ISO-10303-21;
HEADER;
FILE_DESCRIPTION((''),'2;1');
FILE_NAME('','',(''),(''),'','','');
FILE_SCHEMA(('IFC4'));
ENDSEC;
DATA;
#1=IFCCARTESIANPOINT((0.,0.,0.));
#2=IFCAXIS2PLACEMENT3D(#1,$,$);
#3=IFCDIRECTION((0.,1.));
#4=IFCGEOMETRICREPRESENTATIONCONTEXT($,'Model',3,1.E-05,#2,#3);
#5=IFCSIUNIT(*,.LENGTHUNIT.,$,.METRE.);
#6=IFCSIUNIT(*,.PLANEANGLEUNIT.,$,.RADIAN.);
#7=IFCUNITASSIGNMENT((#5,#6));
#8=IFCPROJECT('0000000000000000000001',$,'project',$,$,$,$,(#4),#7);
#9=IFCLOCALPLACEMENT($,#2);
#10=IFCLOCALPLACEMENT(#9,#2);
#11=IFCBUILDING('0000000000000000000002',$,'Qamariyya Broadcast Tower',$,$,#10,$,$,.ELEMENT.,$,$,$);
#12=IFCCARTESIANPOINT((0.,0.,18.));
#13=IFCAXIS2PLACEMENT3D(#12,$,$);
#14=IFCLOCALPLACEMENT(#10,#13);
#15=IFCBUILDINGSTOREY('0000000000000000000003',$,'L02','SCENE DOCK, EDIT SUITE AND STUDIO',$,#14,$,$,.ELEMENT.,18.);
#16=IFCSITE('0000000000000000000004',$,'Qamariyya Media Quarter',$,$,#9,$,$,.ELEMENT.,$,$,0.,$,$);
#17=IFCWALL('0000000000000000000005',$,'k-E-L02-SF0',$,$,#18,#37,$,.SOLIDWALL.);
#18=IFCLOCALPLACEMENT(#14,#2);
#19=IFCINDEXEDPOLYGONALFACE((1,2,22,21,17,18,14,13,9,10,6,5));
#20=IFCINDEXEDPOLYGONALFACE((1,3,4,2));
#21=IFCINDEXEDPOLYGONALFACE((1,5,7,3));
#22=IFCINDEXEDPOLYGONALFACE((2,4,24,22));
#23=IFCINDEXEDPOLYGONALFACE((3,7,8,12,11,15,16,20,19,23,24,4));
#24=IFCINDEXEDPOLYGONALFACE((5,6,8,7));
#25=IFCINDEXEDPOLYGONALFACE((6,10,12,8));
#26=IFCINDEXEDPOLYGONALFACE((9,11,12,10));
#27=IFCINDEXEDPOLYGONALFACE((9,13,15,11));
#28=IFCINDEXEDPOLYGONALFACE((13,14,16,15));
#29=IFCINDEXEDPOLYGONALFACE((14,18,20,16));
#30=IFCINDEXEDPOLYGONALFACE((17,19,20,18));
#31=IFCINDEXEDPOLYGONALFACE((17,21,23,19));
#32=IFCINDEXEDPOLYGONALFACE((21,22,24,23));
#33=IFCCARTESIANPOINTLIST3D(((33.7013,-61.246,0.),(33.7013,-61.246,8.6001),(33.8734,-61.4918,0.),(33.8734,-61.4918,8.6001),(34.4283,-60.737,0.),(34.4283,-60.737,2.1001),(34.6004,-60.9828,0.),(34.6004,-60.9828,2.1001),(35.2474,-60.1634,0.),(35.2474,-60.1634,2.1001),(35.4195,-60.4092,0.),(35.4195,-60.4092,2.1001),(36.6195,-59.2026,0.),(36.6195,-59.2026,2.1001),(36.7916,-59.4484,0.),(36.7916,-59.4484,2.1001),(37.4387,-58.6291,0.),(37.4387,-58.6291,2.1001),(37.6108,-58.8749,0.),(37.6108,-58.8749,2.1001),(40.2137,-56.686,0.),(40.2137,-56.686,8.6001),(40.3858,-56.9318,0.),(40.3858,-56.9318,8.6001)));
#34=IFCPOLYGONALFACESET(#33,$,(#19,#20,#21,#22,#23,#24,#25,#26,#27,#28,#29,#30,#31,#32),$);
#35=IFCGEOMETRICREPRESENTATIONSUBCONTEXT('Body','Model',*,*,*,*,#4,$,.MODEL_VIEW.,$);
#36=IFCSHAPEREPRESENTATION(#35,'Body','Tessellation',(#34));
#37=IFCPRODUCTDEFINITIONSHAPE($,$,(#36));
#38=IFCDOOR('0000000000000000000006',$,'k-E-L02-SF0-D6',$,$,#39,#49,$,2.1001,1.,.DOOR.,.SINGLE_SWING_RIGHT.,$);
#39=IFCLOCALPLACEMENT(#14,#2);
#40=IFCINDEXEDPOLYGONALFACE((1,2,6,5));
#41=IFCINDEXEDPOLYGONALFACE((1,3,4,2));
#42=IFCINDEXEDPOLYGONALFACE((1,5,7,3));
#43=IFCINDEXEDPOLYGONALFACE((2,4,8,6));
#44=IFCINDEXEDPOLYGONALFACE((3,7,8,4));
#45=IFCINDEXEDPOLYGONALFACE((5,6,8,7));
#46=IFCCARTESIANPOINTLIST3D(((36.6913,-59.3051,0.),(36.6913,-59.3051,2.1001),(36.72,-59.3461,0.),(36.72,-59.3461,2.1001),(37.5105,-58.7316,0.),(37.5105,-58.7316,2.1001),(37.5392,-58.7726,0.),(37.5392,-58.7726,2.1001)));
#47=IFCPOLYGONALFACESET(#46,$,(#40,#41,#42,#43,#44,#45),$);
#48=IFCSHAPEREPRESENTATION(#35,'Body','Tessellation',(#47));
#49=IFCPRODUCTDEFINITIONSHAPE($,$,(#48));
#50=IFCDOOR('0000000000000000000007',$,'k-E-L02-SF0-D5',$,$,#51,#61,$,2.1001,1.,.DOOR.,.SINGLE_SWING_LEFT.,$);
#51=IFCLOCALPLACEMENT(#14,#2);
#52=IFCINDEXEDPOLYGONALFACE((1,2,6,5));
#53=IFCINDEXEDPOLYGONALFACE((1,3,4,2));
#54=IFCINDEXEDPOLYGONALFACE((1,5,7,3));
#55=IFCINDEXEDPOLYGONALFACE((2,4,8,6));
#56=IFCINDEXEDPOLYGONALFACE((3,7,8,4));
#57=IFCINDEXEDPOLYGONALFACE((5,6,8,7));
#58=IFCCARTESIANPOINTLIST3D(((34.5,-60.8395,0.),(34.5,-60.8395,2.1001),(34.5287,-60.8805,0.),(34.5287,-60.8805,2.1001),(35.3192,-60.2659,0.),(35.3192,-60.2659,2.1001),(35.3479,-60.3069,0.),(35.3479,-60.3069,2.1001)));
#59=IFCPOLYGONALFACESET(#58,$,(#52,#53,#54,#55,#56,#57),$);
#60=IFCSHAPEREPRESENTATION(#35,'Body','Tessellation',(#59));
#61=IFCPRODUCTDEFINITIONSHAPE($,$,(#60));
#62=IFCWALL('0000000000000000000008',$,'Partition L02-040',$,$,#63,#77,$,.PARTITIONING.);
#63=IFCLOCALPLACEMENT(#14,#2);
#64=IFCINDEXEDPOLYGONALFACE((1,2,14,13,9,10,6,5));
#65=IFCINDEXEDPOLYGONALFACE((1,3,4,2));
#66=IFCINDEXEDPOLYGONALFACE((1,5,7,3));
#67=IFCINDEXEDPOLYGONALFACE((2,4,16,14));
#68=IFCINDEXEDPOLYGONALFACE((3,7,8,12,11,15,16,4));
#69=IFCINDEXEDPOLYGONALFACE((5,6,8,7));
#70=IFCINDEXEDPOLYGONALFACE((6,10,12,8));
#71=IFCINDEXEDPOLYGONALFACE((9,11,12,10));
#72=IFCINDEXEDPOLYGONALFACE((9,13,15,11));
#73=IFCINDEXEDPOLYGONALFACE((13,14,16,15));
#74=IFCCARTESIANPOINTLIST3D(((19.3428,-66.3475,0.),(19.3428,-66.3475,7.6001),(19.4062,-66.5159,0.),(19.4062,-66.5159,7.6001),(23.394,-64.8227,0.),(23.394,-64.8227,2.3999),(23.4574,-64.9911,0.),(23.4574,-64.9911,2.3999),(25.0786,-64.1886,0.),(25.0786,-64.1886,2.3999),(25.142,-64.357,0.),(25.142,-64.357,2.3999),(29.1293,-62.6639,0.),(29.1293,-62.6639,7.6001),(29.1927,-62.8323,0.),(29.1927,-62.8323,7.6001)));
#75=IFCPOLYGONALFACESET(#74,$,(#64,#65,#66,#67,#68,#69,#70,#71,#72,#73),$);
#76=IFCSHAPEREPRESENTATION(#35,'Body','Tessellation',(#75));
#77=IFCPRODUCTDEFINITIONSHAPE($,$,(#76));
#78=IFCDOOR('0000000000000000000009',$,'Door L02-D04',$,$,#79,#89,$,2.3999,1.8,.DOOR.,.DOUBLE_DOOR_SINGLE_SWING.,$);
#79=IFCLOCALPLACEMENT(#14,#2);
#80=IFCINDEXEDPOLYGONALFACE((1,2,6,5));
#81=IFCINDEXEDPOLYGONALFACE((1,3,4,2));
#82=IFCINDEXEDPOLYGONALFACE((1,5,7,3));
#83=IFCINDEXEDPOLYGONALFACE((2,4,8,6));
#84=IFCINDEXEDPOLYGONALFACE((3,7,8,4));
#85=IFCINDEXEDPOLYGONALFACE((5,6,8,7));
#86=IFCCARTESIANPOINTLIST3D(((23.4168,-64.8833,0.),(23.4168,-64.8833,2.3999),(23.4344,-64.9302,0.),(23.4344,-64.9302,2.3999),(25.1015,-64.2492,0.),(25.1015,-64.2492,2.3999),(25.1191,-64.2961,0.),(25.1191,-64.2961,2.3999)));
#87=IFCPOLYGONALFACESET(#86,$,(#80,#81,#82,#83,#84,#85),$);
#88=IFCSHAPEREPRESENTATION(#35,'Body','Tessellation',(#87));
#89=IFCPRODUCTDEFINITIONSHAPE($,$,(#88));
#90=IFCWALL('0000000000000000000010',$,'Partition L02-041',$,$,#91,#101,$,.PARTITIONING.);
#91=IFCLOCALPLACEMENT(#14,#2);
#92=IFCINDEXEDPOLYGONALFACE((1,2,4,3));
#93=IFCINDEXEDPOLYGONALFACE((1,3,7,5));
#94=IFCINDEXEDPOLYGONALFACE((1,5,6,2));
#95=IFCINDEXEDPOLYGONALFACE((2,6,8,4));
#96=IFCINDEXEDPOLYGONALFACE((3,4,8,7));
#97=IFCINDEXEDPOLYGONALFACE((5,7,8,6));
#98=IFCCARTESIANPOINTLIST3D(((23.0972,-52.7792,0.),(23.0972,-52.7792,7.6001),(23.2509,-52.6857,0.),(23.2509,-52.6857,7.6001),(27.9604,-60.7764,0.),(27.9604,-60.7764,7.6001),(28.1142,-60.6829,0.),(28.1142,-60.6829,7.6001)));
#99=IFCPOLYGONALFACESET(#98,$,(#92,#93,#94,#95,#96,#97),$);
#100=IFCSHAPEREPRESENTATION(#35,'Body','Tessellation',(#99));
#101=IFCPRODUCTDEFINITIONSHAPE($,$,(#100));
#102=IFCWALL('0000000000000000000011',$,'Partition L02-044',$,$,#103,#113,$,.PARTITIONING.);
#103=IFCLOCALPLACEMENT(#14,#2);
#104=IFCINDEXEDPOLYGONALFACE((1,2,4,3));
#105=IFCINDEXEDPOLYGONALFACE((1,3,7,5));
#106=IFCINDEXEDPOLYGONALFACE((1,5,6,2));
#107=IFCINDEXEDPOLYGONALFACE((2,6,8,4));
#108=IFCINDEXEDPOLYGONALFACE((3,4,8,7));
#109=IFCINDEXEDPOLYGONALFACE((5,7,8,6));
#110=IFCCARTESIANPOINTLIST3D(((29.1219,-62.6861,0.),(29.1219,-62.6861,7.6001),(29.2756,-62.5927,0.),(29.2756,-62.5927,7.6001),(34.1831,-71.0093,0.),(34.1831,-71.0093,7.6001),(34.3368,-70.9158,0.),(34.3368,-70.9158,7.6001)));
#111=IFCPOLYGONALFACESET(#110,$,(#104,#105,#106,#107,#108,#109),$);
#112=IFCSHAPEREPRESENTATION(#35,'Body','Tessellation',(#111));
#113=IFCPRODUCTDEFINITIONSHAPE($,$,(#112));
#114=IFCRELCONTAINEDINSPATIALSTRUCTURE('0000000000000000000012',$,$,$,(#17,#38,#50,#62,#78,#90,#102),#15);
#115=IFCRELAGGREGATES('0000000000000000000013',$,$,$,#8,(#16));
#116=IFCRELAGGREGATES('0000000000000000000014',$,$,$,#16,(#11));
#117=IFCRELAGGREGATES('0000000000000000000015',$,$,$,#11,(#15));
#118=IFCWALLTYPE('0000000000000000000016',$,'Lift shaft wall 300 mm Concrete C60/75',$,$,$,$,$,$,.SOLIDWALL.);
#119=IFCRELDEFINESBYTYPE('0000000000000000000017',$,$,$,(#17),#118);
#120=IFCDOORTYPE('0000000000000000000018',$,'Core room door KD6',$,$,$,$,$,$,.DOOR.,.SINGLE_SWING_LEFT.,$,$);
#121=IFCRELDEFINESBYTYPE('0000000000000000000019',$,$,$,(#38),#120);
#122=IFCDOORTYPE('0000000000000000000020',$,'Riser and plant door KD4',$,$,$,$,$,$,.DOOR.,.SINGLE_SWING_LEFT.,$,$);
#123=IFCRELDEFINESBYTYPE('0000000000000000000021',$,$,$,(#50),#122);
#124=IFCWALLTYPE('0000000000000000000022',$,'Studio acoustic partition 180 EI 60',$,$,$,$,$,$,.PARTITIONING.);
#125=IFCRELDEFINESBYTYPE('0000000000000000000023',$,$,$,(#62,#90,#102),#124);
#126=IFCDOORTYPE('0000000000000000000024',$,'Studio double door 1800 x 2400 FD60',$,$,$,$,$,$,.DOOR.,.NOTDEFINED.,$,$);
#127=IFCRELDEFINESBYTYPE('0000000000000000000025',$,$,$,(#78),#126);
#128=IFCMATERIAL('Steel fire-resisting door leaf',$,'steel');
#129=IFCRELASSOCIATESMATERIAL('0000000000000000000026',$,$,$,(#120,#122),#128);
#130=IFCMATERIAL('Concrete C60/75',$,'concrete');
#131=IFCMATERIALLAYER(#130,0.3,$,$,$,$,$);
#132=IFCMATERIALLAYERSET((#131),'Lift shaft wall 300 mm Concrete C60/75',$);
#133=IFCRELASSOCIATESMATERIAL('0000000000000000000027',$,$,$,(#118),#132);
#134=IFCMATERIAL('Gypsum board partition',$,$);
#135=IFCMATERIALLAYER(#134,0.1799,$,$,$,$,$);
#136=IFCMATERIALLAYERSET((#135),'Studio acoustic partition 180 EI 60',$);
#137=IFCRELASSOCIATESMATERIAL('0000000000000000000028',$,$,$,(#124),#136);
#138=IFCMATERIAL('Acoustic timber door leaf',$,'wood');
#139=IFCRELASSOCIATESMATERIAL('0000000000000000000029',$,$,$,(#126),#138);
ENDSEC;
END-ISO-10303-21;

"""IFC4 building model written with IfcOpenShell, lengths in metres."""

from ifc_helpers import new_model, si_unit, direction, frame, frame_2d, origin, place, context, subcontext, project, spatial, rectangle, extrude, material, layer, layer_set, type_object, element, fill, save


model = new_model("IFC4")

# Units and contexts
model_context = context("Model", 3, precision=1e-05, world=origin(), true_north=direction((0.0, 1.0)))
body_context = subcontext(model_context, "Body", "Model", "MODEL_VIEW")
ifc_project = project(units=[si_unit("LENGTHUNIT", "METRE"), si_unit("PLANEANGLEUNIT", "RADIAN")], contexts=[model_context])

# Site, building, storey
site_placement = place(None, origin())
site = spatial("IfcSite", under=ifc_project, at=site_placement, Name="Qamariyya Media Quarter", CompositionType="ELEMENT", RefElevation=0.0)
building_placement = place(site_placement, origin())
building = spatial("IfcBuilding", under=site, at=building_placement, Name="Qamariyya Broadcast Tower", CompositionType="ELEMENT")
storey_placement = place(building_placement, frame((0.0, 0.0, 18.0)))
storey = spatial("IfcBuildingStorey", under=building, at=storey_placement, Name="L02", Description="SCENE DOCK, EDIT SUITE AND STUDIO", CompositionType="ELEMENT", Elevation=18.0)

# Shared definitions
ifc_material_1 = material(Name="Steel fire-resisting door leaf", Category="steel")
door_type_1 = type_object("IfcDoorType", Name="Core room door KD6", OperationType="SINGLE_SWING_LEFT", PredefinedType="DOOR", material=ifc_material_1)

# Shared definitions
ifc_material_2 = material(Name="Gypsum board partition")

# Shared definitions
ifc_material_3 = material(Name="Concrete C60/75", Category="concrete")
ifc_layer_1 = layer(ifc_material_3, 0.3)
ifc_layer_set_1 = layer_set([ifc_layer_1], Name="Lift shaft wall 300 mm Concrete C60/75")
wall_type_1 = type_object("IfcWallType", Name="Lift shaft wall 300 mm Concrete C60/75", PredefinedType="SOLIDWALL", material=ifc_layer_set_1)

# Wall, openings, doors
wall_1_placement = place(storey_placement, frame((33.7874, -61.3689, 0.0), z_axis=(0.0, 0.0, 1.0), x_axis=(0.819153, 0.573576, 0.0)))
wall_1 = element("IfcWall", 1, at=wall_1_placement, inside=storey, type_object=wall_type_1, Name="k-E-L02-SF0", PredefinedType="SOLIDWALL", context=body_context, shape_type="SweptSolid", body=[
    extrude(rectangle(XDim=7.9502, YDim=0.3, at=frame_2d((3.9751, 0.0))), origin(), (0.0, 0.0, 1.0), 8.6001),
])
opening_1_placement = place(wall_1_placement, frame((0.8875, 0.0, 0.0)))
opening_1 = element("IfcOpeningElement", 2, at=opening_1_placement, cuts=wall_1, PredefinedType="OPENING", context=body_context, shape_type="SweptSolid", body=[
    extrude(rectangle(XDim=1.0, YDim=2.1001, at=frame_2d((0.5, 1.05))), frame((0.0, 0.1599, 0.0), z_axis=(0.0, -1.0, 0.0), x_axis=(1.0, 0.0, 0.0)), (0.0, 0.0, 1.0), 0.3201),
])
opening_2_placement = place(wall_1_placement, frame((3.5625, 0.0, 0.0)))
opening_2 = element("IfcOpeningElement", 3, at=opening_2_placement, cuts=wall_1, PredefinedType="OPENING", context=body_context, shape_type="SweptSolid", body=[
    extrude(rectangle(XDim=1.0, YDim=2.1001, at=frame_2d((0.5, 1.05))), frame((0.0, 0.1599, 0.0), z_axis=(0.0, -1.0, 0.0), x_axis=(1.0, 0.0, 0.0)), (0.0, 0.0, 1.0), 0.3201),
])
door_1_placement = place(opening_2_placement, origin())
door_1 = element("IfcDoor", 4, at=door_1_placement, inside=storey, type_object=door_type_1, Name="k-E-L02-SF0-D6", OperationType="SINGLE_SWING_RIGHT", OverallHeight=2.1001, OverallWidth=1.0, PredefinedType="DOOR", context=body_context, shape_type="SweptSolid", body=[
    extrude(rectangle(XDim=1.0, YDim=2.1001, at=frame_2d((0.5, 1.05))), frame((0.0, 0.0249, 0.0), z_axis=(0.0, -1.0, 0.0), x_axis=(1.0, 0.0, 0.0)), (0.0, 0.0, 1.0), 0.05),
])
fill(opening_2, door_1)
door_type_2 = type_object("IfcDoorType", Name="Riser and plant door KD4", OperationType="SINGLE_SWING_LEFT", PredefinedType="DOOR", material=ifc_material_1)
door_2_placement = place(opening_1_placement, origin())
door_2 = element("IfcDoor", 5, at=door_2_placement, inside=storey, type_object=door_type_2, Name="k-E-L02-SF0-D5", OperationType="SINGLE_SWING_LEFT", OverallHeight=2.1001, OverallWidth=1.0, PredefinedType="DOOR", context=body_context, shape_type="SweptSolid", body=[
    extrude(rectangle(XDim=1.0, YDim=2.1001, at=frame_2d((0.5, 1.05))), frame((0.0, 0.0249, 0.0), z_axis=(0.0, -1.0, 0.0), x_axis=(1.0, 0.0, 0.0)), (0.0, 0.0, 1.0), 0.05),
])
fill(opening_1, door_2)

# Wall, opening, door
ifc_layer_2 = layer(ifc_material_2, 0.1799)
ifc_layer_set_2 = layer_set([ifc_layer_2], Name="Studio acoustic partition 180 EI 60")
wall_type_2 = type_object("IfcWallType", Name="Studio acoustic partition 180 EI 60", PredefinedType="PARTITIONING", material=ifc_layer_set_2)
wall_2_placement = place(storey_placement, frame((29.1611, -62.748, 0.0), z_axis=(0.0, 0.0, 1.0), x_axis=(-0.935898, -0.352272, 0.0)))
wall_2 = element("IfcWall", 6, at=wall_2_placement, inside=storey, type_object=wall_type_2, Name="Partition L02-040", PredefinedType="PARTITIONING", context=body_context, shape_type="SweptSolid", body=[
    extrude(rectangle(XDim=10.4568, YDim=0.1799, at=frame_2d((5.2285, 0.0))), origin(), (0.0, 0.0, 1.0), 7.6001),
])
opening_3_placement = place(wall_2_placement, frame((4.3284, 0.0, 0.0)))
opening_3 = element("IfcOpeningElement", 7, at=opening_3_placement, cuts=wall_2, PredefinedType="OPENING", context=body_context, shape_type="SweptSolid", body=[
    extrude(rectangle(XDim=1.8, YDim=2.3999, at=frame_2d((0.8999, 1.2))), frame((0.0, 0.0999, 0.0), z_axis=(0.0, -1.0, 0.0), x_axis=(1.0, 0.0, 0.0)), (0.0, 0.0, 1.0), 0.2),
])
ifc_material_4 = material(Name="Acoustic timber door leaf", Category="wood")
door_type_3 = type_object("IfcDoorType", Name="Studio double door 1800 x 2400 FD60", OperationType="NOTDEFINED", PredefinedType="DOOR", material=ifc_material_4)
door_3_placement = place(opening_3_placement, origin())
door_3 = element("IfcDoor", 8, at=door_3_placement, inside=storey, type_object=door_type_3, Name="Door L02-D04", OperationType="DOUBLE_DOOR_SINGLE_SWING", OverallHeight=2.3999, OverallWidth=1.8, PredefinedType="DOOR", context=body_context, shape_type="SweptSolid", body=[
    extrude(rectangle(XDim=1.8, YDim=2.3999, at=frame_2d((0.8999, 1.2))), frame((0.0, 0.0249, 0.0), z_axis=(0.0, -1.0, 0.0), x_axis=(1.0, 0.0, 0.0)), (0.0, 0.0, 1.0), 0.05),
])
fill(opening_3, door_3)

# Walls
wall_3_placement = place(storey_placement, frame((23.1741, -52.7324, 0.0), z_axis=(0.0, 0.0, 1.0), x_axis=(0.519584, -0.854419, 0.0)))
element("IfcWall", 9, at=wall_3_placement, inside=storey, type_object=wall_type_2, Name="Partition L02-041", PredefinedType="PARTITIONING", context=body_context, shape_type="SweptSolid", body=[
    extrude(rectangle(XDim=9.3599, YDim=0.1799, at=frame_2d((4.6799, 0.0))), origin(), (0.0, 0.0, 1.0), 7.6001),
])
wall_4_placement = place(storey_placement, frame((29.1987, -62.6394, 0.0), z_axis=(0.0, 0.0, 1.0), x_axis=(0.519569, -0.854428, 0.0)))
element("IfcWall", 10, at=wall_4_placement, inside=storey, type_object=wall_type_2, Name="Partition L02-044", PredefinedType="PARTITIONING", context=body_context, shape_type="SweptSolid", body=[
    extrude(rectangle(XDim=9.7412, YDim=0.1799, at=frame_2d((4.8706, 0.0))), origin(), (0.0, 0.0, 1.0), 7.6001),
])

save(model, "model.ifc")
